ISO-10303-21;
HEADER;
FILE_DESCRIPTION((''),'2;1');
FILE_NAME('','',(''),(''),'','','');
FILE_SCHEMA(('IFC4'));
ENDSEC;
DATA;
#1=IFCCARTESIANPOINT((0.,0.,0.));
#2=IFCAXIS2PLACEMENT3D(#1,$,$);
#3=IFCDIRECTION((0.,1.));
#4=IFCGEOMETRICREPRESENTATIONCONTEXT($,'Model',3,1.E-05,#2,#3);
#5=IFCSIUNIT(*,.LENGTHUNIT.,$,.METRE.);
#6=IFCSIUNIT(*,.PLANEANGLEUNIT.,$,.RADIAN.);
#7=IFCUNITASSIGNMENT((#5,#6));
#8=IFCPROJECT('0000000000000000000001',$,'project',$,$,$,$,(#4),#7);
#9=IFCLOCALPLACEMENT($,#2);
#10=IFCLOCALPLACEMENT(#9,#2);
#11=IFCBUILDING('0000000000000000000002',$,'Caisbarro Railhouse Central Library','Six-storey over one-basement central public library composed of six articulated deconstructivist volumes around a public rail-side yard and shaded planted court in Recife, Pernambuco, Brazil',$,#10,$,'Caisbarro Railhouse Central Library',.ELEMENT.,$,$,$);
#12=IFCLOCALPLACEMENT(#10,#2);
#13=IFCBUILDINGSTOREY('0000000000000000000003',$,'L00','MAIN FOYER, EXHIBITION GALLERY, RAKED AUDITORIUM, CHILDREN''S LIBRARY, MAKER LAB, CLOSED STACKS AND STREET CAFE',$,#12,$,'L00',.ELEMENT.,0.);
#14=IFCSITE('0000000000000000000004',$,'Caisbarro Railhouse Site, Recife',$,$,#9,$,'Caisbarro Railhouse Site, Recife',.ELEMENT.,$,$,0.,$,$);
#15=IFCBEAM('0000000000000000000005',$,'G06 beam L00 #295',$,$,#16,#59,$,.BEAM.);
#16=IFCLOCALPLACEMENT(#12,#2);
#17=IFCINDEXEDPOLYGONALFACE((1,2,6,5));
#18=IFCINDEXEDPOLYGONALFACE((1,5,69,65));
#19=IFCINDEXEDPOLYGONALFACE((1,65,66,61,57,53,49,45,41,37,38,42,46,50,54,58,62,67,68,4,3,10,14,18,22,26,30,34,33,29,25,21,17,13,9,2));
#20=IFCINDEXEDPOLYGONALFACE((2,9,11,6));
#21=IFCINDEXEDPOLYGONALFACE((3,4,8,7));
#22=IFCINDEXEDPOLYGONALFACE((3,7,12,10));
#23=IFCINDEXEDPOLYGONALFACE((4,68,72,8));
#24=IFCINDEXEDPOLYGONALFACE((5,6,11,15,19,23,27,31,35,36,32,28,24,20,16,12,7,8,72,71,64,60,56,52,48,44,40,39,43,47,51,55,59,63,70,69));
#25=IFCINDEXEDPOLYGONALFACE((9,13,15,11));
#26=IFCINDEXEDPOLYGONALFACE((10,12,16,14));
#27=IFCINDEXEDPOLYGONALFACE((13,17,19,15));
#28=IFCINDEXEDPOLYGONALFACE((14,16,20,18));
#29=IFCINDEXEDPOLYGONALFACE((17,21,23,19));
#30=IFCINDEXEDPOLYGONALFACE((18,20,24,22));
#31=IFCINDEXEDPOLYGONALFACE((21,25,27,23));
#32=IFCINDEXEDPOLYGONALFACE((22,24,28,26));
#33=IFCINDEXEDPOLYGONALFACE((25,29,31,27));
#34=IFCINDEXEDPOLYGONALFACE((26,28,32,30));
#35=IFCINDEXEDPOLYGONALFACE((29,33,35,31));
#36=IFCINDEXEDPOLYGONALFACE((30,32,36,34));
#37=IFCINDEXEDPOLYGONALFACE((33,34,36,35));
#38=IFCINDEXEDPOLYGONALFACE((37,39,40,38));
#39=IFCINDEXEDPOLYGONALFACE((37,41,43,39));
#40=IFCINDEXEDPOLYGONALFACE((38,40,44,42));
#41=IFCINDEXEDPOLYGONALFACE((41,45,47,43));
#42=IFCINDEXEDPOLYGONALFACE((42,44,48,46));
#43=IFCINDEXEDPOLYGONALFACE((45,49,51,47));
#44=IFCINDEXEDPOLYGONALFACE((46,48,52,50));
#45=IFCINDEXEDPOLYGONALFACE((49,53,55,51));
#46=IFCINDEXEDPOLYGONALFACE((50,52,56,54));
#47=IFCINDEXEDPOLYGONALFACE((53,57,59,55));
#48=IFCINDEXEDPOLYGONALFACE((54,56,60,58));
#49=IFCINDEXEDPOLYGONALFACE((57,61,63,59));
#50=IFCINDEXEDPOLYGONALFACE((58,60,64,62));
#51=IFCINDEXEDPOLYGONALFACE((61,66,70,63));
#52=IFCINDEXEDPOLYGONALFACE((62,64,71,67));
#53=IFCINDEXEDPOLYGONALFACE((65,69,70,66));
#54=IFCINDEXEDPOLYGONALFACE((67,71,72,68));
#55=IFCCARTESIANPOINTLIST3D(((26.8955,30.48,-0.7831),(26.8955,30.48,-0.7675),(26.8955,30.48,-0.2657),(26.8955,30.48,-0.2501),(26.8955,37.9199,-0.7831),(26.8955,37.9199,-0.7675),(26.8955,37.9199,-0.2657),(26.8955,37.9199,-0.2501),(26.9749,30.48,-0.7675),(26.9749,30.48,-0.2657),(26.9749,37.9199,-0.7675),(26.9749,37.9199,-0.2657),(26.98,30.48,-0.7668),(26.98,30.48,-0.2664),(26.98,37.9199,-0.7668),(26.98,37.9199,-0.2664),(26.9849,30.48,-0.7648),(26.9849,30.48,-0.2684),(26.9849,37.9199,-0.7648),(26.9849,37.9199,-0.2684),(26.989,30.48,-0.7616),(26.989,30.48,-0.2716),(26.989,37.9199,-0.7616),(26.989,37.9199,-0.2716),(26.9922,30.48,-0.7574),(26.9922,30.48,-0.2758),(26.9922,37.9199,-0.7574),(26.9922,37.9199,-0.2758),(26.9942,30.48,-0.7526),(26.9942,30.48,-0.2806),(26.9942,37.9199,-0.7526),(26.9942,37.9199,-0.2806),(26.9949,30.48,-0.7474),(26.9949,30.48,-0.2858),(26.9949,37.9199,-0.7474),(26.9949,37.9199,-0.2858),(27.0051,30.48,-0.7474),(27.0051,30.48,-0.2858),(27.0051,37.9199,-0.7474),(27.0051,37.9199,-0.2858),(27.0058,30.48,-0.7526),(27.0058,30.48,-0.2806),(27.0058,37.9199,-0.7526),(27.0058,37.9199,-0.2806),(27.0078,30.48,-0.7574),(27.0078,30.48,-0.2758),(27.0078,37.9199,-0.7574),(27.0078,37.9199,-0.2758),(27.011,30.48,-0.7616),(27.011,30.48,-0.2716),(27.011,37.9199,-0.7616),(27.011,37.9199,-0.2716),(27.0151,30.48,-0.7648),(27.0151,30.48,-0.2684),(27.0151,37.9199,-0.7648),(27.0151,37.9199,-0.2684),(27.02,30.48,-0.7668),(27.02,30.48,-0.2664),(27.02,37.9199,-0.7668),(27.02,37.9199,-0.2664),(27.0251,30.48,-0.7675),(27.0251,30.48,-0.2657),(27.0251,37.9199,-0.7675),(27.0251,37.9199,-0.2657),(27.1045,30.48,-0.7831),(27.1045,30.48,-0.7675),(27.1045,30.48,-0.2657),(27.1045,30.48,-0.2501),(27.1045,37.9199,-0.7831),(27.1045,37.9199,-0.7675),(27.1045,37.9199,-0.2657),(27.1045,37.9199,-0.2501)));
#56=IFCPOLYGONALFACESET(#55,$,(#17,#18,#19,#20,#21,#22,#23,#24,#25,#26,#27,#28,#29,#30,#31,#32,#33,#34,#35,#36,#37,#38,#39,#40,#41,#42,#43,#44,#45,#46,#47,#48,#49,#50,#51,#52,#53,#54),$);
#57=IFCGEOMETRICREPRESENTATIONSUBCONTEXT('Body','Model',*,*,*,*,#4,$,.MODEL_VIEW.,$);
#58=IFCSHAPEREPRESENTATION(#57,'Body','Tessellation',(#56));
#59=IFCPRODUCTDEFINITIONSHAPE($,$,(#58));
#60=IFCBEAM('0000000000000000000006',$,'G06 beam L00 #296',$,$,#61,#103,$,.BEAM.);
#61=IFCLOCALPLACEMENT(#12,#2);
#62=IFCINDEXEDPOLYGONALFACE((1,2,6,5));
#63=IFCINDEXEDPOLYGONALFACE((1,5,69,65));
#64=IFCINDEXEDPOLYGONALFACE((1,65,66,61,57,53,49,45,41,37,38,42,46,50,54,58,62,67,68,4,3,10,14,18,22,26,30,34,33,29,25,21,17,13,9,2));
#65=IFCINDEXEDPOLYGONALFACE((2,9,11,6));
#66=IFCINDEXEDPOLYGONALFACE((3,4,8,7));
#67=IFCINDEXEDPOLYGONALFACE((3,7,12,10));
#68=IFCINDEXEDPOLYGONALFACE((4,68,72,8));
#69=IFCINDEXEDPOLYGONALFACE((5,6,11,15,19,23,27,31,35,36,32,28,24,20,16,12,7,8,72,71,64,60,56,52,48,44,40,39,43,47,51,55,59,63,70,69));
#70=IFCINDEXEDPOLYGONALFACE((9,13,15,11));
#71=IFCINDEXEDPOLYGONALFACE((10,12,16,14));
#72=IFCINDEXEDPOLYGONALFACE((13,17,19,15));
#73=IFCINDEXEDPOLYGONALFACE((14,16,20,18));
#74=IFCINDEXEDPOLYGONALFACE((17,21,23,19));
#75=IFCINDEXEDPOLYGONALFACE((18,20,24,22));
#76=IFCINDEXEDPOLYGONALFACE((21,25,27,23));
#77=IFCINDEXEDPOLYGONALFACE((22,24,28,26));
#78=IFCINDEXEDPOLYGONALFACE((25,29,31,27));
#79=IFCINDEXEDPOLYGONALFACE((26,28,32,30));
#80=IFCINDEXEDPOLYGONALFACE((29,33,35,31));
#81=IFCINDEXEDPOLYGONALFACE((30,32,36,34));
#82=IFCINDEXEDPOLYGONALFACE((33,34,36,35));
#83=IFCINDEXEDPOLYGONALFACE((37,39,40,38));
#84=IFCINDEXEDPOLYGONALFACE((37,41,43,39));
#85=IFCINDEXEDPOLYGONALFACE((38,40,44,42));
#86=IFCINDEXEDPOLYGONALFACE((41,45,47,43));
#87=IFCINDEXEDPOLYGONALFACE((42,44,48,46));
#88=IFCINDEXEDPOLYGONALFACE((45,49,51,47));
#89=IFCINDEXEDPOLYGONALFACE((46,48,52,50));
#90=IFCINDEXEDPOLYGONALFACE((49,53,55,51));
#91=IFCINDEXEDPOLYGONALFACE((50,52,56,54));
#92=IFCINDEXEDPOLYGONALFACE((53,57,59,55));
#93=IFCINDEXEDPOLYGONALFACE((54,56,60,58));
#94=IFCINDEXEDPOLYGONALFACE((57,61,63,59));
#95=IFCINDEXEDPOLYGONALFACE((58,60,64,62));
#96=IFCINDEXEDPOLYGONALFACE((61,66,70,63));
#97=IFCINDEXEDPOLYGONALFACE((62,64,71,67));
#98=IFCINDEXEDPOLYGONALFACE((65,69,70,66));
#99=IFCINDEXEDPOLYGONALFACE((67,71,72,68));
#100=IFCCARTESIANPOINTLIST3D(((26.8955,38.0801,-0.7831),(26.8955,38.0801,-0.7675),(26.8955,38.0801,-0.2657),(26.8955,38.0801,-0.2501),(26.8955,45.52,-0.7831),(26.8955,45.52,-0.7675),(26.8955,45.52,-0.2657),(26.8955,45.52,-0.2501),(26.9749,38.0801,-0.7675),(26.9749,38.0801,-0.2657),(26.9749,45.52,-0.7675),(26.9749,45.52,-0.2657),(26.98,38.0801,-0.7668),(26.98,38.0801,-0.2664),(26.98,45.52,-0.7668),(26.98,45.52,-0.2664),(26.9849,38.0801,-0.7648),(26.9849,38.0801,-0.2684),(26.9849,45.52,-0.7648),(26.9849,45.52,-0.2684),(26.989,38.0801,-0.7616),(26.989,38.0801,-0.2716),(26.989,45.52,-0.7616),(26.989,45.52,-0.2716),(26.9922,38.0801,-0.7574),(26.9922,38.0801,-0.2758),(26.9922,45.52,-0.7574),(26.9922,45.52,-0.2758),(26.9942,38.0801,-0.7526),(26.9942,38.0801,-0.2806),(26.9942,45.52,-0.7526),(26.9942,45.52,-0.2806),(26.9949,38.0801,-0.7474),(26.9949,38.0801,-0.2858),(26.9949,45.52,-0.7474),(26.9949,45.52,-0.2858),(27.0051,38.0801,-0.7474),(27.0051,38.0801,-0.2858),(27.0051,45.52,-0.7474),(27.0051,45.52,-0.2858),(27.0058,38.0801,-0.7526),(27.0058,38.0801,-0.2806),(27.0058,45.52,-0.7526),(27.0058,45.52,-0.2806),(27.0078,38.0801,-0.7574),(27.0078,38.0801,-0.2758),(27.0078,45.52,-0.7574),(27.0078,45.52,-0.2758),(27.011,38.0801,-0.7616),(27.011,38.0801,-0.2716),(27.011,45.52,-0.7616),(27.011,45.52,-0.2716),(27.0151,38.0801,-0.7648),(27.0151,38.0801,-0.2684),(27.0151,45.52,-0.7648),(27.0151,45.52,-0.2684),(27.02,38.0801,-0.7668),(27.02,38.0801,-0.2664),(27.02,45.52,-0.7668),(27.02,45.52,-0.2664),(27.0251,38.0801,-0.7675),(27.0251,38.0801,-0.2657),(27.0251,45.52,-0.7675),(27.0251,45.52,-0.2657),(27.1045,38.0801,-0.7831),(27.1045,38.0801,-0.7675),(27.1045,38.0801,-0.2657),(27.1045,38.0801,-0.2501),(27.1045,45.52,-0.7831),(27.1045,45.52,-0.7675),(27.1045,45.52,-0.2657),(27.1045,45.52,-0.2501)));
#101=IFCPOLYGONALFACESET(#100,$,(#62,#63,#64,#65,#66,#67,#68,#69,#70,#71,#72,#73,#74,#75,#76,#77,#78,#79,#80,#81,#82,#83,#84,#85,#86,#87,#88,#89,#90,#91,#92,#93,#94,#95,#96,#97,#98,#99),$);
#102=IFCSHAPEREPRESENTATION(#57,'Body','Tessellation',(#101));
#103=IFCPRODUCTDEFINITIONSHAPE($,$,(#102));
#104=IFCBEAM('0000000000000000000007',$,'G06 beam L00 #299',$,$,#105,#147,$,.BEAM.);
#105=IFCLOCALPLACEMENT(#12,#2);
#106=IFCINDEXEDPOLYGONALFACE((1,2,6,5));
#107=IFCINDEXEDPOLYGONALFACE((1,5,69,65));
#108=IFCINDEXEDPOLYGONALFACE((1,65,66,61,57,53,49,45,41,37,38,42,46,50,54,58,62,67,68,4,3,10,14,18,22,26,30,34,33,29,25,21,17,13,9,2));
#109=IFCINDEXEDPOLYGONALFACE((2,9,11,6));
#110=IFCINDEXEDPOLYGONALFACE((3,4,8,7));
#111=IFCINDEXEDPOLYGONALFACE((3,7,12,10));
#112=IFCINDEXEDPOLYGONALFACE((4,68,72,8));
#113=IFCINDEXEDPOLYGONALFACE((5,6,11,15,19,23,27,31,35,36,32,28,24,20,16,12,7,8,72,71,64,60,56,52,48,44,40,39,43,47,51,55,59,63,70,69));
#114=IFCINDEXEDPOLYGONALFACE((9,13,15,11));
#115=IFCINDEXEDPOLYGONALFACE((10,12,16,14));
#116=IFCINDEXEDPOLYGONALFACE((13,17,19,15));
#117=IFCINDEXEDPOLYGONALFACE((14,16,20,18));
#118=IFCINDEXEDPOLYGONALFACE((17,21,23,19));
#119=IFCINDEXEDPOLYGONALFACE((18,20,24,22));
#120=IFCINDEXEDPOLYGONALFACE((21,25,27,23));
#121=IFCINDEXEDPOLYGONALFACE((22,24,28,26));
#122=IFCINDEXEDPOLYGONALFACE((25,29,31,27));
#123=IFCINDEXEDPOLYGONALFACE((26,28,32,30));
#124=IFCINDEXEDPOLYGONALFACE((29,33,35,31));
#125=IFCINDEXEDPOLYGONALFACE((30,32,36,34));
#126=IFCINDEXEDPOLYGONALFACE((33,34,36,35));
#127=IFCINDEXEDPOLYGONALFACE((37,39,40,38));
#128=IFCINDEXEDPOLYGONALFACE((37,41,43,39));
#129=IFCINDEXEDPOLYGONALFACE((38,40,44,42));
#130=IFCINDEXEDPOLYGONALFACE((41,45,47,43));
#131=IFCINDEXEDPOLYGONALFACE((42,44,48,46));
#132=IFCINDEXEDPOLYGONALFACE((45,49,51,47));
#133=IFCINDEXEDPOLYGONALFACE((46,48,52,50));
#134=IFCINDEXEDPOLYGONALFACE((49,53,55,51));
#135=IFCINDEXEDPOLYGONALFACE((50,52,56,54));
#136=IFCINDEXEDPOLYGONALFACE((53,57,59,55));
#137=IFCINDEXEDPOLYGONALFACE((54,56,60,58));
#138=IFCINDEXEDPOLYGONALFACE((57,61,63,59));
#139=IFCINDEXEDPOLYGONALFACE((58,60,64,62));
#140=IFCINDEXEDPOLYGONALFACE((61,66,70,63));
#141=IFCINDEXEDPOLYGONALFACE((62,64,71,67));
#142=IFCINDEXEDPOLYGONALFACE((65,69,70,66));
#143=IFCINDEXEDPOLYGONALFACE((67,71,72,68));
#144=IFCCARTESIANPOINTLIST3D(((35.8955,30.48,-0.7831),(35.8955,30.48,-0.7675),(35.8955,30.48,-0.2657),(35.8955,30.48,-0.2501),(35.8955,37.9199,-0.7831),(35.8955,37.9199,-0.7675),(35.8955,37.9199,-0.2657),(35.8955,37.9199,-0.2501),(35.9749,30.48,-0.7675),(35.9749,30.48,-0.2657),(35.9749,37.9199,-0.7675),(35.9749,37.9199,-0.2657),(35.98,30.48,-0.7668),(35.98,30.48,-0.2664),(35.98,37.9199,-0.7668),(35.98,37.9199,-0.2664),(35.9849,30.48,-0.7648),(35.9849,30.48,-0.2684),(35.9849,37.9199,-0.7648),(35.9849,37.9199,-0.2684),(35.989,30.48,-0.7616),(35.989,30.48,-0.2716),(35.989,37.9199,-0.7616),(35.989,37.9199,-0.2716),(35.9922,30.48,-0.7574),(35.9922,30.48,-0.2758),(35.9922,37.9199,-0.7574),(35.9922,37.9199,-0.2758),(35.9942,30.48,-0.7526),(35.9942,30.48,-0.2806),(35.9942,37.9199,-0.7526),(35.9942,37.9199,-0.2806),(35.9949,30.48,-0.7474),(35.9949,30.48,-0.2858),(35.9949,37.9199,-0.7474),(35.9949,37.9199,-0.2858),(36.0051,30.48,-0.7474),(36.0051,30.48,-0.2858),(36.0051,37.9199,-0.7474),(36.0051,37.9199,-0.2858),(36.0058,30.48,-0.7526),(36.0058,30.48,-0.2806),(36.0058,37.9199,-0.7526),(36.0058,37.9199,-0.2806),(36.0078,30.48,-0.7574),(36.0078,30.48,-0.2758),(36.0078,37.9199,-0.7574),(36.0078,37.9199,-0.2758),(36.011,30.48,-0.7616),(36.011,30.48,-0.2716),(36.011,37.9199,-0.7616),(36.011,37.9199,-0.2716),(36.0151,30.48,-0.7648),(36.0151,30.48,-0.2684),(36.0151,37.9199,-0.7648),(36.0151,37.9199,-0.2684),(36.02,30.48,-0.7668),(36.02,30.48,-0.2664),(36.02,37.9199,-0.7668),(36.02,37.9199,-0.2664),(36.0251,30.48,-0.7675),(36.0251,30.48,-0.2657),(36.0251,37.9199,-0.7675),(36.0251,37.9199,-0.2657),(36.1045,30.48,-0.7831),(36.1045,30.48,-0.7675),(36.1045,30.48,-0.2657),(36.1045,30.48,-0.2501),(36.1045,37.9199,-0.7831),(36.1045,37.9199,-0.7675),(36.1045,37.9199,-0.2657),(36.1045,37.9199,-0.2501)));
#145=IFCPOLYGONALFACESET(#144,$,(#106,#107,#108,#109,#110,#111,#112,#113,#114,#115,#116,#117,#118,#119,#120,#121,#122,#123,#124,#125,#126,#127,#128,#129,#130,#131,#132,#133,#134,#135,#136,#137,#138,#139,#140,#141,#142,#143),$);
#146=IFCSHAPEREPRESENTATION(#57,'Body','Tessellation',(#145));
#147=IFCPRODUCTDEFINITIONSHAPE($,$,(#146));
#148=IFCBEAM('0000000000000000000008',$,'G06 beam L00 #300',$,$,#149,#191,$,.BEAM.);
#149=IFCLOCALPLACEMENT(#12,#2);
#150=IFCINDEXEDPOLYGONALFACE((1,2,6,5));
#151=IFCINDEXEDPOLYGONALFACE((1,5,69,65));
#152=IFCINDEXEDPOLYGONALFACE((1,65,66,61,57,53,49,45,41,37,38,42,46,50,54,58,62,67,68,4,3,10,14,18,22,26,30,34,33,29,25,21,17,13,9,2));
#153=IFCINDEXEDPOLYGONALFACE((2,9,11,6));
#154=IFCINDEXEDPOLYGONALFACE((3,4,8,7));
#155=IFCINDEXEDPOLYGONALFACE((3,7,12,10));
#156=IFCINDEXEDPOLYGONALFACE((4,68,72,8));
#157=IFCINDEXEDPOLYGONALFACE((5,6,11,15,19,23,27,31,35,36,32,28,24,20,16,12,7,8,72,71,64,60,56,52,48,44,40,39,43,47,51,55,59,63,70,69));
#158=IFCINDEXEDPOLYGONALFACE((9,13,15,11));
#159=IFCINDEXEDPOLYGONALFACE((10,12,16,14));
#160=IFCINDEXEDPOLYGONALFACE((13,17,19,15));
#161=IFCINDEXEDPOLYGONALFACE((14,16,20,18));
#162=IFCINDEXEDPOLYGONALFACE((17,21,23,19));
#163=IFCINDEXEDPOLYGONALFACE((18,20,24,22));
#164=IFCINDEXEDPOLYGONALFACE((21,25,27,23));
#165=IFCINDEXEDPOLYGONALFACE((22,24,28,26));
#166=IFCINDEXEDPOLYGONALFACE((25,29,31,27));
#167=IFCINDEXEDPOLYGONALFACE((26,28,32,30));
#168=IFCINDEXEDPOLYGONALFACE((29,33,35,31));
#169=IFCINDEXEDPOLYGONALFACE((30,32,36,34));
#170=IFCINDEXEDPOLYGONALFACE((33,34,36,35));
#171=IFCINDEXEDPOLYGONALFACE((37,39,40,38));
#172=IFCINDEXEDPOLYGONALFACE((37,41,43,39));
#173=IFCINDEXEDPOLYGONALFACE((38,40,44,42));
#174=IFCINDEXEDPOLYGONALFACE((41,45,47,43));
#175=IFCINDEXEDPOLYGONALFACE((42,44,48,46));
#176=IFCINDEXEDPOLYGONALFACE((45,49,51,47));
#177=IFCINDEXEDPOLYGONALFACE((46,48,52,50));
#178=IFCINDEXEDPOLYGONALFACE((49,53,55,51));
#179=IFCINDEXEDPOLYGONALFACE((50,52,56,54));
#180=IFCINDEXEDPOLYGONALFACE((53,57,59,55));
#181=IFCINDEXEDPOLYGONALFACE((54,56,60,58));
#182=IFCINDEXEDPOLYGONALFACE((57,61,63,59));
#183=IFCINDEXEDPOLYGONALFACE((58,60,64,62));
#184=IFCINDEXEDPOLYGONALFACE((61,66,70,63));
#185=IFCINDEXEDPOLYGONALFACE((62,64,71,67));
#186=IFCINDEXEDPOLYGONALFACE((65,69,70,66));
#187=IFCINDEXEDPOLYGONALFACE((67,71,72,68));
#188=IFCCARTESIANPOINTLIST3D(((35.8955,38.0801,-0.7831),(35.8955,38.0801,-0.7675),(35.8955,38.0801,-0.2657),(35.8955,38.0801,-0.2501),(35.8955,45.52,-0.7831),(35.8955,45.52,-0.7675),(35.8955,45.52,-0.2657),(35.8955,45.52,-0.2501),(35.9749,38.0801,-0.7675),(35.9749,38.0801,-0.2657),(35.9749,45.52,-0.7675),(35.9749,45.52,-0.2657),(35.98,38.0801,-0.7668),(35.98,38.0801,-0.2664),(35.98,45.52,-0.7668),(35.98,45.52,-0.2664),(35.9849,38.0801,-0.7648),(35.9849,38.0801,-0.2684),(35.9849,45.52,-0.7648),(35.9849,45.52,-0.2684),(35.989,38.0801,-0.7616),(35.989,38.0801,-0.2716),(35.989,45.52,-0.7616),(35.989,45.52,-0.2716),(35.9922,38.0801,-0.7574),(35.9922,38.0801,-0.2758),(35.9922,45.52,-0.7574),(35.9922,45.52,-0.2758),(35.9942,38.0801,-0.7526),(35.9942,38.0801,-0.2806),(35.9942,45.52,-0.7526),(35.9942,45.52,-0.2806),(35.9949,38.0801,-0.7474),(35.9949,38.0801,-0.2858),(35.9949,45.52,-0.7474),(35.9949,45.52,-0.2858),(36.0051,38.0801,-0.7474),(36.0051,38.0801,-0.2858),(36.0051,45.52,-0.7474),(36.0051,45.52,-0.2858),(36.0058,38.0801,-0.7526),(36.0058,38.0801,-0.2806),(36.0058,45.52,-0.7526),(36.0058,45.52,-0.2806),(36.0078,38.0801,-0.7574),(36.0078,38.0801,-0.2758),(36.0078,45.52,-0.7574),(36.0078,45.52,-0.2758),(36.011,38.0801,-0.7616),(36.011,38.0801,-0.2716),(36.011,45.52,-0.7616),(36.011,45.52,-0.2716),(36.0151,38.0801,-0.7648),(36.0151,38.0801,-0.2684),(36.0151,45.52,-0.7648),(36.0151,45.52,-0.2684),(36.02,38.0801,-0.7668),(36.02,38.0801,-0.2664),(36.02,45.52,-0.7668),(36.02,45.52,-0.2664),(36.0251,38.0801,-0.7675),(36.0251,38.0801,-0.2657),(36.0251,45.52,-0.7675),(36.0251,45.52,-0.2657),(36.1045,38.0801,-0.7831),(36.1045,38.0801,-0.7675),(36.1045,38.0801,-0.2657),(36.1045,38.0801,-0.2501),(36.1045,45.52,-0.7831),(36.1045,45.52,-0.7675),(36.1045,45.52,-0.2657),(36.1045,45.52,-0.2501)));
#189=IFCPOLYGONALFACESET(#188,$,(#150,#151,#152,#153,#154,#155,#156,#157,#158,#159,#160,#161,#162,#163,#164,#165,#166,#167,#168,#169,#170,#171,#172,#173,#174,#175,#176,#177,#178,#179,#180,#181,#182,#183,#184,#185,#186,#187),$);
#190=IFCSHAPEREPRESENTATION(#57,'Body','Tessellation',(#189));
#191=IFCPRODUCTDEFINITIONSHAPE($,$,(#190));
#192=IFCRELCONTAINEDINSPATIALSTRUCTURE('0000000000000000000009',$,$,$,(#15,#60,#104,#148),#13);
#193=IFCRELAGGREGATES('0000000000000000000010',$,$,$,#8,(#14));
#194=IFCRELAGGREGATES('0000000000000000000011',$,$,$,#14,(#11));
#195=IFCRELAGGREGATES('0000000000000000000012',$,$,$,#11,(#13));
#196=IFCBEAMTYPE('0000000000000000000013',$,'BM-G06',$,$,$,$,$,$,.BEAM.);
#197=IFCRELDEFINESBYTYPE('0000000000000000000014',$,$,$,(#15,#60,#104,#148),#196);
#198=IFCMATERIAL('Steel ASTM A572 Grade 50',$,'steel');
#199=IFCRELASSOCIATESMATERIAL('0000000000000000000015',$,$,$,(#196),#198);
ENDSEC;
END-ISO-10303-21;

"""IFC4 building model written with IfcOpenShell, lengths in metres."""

from ifc_helpers import new_model, si_unit, direction, frame, origin, origin_2d, place, context, subcontext, project, spatial, i_section, extrude, material, material_profile, profile_set, type_object, element, save


model = new_model("IFC4")

# Units and contexts
model_context = context("Model", 3, precision=1e-05, world=origin(), true_north=direction((0.0, 1.0)))
body_context = subcontext(model_context, "Body", "Model", "MODEL_VIEW")
ifc_project = project(units=[si_unit("LENGTHUNIT", "METRE"), si_unit("PLANEANGLEUNIT", "RADIAN")], contexts=[model_context])

# Site, building, storey
site_placement = place(None, origin())
site = spatial("IfcSite", under=ifc_project, at=site_placement, Name="Caisbarro Railhouse Site, Recife", LongName="Caisbarro Railhouse Site, Recife", CompositionType="ELEMENT", RefElevation=0.0)
building_placement = place(site_placement, origin())
building = spatial("IfcBuilding", under=site, at=building_placement, Name="Caisbarro Railhouse Central Library", Description="Six-storey over one-basement central public library composed of six articulated deconstructivist volumes around a public rail-side yard and shaded planted court in Recife, Pernambuco, Brazil", LongName="Caisbarro Railhouse Central Library", CompositionType="ELEMENT")
storey_placement = place(building_placement, origin())
storey = spatial("IfcBuildingStorey", under=building, at=storey_placement, Name="L00", Description="MAIN FOYER, EXHIBITION GALLERY, RAKED AUDITORIUM, CHILDREN'S LIBRARY, MAKER LAB, CLOSED STACKS AND STREET CAFE", LongName="L00", CompositionType="ELEMENT", Elevation=0.0)

# Shared definitions
ifc_material_1 = material(Name="Steel ASTM A572 Grade 50", Category="steel")

# Beams
ifc_material_profile_1 = material_profile(ifc_material_1, i_section(OverallWidth=0.209, OverallDepth=0.533, WebThickness=0.0103, FlangeThickness=0.0156, FilletRadius=0.02, at=origin_2d()), Name="W530X92.0")
ifc_profile_set_1 = profile_set([ifc_material_profile_1], Name="Steel ASTM A572 Grade 50")
beam_type_1 = type_object("IfcBeamType", Name="BM-G06", PredefinedType="BEAM", material=ifc_profile_set_1)
for number, where, z_axis, x_axis, name in (
    (1, (27.0, 30.48, -0.5166), (0.0, 1.0, 0.0), (-1.0, 0.0, 0.0), "G06 beam L00 #295"),
    (2, (27.0, 38.0801, -0.5166), (0.0, 1.0, 0.0), (-1.0, 0.0, 0.0), "G06 beam L00 #296"),
    (3, (36.0, 30.48, -0.5166), (0.0, 1.0, 0.0), (-1.0, 0.0, 0.0), "G06 beam L00 #299"),
    (4, (36.0, 38.0801, -0.5166), (0.0, 1.0, 0.0), (-1.0, 0.0, 0.0), "G06 beam L00 #300"),
):
    element("IfcBeam", number, at=place(storey_placement, frame(where, z_axis=z_axis, x_axis=x_axis)), inside=storey, type_object=beam_type_1, Name=name, PredefinedType="BEAM", context=body_context, shape_type="SweptSolid", body=[
        extrude(i_section(OverallWidth=0.209, OverallDepth=0.533, WebThickness=0.0103, FlangeThickness=0.0156, FilletRadius=0.02, at=origin_2d()), origin(), (0.0, 0.0, 1.0), 7.4399),
    ])

save(model, "model.ifc")
